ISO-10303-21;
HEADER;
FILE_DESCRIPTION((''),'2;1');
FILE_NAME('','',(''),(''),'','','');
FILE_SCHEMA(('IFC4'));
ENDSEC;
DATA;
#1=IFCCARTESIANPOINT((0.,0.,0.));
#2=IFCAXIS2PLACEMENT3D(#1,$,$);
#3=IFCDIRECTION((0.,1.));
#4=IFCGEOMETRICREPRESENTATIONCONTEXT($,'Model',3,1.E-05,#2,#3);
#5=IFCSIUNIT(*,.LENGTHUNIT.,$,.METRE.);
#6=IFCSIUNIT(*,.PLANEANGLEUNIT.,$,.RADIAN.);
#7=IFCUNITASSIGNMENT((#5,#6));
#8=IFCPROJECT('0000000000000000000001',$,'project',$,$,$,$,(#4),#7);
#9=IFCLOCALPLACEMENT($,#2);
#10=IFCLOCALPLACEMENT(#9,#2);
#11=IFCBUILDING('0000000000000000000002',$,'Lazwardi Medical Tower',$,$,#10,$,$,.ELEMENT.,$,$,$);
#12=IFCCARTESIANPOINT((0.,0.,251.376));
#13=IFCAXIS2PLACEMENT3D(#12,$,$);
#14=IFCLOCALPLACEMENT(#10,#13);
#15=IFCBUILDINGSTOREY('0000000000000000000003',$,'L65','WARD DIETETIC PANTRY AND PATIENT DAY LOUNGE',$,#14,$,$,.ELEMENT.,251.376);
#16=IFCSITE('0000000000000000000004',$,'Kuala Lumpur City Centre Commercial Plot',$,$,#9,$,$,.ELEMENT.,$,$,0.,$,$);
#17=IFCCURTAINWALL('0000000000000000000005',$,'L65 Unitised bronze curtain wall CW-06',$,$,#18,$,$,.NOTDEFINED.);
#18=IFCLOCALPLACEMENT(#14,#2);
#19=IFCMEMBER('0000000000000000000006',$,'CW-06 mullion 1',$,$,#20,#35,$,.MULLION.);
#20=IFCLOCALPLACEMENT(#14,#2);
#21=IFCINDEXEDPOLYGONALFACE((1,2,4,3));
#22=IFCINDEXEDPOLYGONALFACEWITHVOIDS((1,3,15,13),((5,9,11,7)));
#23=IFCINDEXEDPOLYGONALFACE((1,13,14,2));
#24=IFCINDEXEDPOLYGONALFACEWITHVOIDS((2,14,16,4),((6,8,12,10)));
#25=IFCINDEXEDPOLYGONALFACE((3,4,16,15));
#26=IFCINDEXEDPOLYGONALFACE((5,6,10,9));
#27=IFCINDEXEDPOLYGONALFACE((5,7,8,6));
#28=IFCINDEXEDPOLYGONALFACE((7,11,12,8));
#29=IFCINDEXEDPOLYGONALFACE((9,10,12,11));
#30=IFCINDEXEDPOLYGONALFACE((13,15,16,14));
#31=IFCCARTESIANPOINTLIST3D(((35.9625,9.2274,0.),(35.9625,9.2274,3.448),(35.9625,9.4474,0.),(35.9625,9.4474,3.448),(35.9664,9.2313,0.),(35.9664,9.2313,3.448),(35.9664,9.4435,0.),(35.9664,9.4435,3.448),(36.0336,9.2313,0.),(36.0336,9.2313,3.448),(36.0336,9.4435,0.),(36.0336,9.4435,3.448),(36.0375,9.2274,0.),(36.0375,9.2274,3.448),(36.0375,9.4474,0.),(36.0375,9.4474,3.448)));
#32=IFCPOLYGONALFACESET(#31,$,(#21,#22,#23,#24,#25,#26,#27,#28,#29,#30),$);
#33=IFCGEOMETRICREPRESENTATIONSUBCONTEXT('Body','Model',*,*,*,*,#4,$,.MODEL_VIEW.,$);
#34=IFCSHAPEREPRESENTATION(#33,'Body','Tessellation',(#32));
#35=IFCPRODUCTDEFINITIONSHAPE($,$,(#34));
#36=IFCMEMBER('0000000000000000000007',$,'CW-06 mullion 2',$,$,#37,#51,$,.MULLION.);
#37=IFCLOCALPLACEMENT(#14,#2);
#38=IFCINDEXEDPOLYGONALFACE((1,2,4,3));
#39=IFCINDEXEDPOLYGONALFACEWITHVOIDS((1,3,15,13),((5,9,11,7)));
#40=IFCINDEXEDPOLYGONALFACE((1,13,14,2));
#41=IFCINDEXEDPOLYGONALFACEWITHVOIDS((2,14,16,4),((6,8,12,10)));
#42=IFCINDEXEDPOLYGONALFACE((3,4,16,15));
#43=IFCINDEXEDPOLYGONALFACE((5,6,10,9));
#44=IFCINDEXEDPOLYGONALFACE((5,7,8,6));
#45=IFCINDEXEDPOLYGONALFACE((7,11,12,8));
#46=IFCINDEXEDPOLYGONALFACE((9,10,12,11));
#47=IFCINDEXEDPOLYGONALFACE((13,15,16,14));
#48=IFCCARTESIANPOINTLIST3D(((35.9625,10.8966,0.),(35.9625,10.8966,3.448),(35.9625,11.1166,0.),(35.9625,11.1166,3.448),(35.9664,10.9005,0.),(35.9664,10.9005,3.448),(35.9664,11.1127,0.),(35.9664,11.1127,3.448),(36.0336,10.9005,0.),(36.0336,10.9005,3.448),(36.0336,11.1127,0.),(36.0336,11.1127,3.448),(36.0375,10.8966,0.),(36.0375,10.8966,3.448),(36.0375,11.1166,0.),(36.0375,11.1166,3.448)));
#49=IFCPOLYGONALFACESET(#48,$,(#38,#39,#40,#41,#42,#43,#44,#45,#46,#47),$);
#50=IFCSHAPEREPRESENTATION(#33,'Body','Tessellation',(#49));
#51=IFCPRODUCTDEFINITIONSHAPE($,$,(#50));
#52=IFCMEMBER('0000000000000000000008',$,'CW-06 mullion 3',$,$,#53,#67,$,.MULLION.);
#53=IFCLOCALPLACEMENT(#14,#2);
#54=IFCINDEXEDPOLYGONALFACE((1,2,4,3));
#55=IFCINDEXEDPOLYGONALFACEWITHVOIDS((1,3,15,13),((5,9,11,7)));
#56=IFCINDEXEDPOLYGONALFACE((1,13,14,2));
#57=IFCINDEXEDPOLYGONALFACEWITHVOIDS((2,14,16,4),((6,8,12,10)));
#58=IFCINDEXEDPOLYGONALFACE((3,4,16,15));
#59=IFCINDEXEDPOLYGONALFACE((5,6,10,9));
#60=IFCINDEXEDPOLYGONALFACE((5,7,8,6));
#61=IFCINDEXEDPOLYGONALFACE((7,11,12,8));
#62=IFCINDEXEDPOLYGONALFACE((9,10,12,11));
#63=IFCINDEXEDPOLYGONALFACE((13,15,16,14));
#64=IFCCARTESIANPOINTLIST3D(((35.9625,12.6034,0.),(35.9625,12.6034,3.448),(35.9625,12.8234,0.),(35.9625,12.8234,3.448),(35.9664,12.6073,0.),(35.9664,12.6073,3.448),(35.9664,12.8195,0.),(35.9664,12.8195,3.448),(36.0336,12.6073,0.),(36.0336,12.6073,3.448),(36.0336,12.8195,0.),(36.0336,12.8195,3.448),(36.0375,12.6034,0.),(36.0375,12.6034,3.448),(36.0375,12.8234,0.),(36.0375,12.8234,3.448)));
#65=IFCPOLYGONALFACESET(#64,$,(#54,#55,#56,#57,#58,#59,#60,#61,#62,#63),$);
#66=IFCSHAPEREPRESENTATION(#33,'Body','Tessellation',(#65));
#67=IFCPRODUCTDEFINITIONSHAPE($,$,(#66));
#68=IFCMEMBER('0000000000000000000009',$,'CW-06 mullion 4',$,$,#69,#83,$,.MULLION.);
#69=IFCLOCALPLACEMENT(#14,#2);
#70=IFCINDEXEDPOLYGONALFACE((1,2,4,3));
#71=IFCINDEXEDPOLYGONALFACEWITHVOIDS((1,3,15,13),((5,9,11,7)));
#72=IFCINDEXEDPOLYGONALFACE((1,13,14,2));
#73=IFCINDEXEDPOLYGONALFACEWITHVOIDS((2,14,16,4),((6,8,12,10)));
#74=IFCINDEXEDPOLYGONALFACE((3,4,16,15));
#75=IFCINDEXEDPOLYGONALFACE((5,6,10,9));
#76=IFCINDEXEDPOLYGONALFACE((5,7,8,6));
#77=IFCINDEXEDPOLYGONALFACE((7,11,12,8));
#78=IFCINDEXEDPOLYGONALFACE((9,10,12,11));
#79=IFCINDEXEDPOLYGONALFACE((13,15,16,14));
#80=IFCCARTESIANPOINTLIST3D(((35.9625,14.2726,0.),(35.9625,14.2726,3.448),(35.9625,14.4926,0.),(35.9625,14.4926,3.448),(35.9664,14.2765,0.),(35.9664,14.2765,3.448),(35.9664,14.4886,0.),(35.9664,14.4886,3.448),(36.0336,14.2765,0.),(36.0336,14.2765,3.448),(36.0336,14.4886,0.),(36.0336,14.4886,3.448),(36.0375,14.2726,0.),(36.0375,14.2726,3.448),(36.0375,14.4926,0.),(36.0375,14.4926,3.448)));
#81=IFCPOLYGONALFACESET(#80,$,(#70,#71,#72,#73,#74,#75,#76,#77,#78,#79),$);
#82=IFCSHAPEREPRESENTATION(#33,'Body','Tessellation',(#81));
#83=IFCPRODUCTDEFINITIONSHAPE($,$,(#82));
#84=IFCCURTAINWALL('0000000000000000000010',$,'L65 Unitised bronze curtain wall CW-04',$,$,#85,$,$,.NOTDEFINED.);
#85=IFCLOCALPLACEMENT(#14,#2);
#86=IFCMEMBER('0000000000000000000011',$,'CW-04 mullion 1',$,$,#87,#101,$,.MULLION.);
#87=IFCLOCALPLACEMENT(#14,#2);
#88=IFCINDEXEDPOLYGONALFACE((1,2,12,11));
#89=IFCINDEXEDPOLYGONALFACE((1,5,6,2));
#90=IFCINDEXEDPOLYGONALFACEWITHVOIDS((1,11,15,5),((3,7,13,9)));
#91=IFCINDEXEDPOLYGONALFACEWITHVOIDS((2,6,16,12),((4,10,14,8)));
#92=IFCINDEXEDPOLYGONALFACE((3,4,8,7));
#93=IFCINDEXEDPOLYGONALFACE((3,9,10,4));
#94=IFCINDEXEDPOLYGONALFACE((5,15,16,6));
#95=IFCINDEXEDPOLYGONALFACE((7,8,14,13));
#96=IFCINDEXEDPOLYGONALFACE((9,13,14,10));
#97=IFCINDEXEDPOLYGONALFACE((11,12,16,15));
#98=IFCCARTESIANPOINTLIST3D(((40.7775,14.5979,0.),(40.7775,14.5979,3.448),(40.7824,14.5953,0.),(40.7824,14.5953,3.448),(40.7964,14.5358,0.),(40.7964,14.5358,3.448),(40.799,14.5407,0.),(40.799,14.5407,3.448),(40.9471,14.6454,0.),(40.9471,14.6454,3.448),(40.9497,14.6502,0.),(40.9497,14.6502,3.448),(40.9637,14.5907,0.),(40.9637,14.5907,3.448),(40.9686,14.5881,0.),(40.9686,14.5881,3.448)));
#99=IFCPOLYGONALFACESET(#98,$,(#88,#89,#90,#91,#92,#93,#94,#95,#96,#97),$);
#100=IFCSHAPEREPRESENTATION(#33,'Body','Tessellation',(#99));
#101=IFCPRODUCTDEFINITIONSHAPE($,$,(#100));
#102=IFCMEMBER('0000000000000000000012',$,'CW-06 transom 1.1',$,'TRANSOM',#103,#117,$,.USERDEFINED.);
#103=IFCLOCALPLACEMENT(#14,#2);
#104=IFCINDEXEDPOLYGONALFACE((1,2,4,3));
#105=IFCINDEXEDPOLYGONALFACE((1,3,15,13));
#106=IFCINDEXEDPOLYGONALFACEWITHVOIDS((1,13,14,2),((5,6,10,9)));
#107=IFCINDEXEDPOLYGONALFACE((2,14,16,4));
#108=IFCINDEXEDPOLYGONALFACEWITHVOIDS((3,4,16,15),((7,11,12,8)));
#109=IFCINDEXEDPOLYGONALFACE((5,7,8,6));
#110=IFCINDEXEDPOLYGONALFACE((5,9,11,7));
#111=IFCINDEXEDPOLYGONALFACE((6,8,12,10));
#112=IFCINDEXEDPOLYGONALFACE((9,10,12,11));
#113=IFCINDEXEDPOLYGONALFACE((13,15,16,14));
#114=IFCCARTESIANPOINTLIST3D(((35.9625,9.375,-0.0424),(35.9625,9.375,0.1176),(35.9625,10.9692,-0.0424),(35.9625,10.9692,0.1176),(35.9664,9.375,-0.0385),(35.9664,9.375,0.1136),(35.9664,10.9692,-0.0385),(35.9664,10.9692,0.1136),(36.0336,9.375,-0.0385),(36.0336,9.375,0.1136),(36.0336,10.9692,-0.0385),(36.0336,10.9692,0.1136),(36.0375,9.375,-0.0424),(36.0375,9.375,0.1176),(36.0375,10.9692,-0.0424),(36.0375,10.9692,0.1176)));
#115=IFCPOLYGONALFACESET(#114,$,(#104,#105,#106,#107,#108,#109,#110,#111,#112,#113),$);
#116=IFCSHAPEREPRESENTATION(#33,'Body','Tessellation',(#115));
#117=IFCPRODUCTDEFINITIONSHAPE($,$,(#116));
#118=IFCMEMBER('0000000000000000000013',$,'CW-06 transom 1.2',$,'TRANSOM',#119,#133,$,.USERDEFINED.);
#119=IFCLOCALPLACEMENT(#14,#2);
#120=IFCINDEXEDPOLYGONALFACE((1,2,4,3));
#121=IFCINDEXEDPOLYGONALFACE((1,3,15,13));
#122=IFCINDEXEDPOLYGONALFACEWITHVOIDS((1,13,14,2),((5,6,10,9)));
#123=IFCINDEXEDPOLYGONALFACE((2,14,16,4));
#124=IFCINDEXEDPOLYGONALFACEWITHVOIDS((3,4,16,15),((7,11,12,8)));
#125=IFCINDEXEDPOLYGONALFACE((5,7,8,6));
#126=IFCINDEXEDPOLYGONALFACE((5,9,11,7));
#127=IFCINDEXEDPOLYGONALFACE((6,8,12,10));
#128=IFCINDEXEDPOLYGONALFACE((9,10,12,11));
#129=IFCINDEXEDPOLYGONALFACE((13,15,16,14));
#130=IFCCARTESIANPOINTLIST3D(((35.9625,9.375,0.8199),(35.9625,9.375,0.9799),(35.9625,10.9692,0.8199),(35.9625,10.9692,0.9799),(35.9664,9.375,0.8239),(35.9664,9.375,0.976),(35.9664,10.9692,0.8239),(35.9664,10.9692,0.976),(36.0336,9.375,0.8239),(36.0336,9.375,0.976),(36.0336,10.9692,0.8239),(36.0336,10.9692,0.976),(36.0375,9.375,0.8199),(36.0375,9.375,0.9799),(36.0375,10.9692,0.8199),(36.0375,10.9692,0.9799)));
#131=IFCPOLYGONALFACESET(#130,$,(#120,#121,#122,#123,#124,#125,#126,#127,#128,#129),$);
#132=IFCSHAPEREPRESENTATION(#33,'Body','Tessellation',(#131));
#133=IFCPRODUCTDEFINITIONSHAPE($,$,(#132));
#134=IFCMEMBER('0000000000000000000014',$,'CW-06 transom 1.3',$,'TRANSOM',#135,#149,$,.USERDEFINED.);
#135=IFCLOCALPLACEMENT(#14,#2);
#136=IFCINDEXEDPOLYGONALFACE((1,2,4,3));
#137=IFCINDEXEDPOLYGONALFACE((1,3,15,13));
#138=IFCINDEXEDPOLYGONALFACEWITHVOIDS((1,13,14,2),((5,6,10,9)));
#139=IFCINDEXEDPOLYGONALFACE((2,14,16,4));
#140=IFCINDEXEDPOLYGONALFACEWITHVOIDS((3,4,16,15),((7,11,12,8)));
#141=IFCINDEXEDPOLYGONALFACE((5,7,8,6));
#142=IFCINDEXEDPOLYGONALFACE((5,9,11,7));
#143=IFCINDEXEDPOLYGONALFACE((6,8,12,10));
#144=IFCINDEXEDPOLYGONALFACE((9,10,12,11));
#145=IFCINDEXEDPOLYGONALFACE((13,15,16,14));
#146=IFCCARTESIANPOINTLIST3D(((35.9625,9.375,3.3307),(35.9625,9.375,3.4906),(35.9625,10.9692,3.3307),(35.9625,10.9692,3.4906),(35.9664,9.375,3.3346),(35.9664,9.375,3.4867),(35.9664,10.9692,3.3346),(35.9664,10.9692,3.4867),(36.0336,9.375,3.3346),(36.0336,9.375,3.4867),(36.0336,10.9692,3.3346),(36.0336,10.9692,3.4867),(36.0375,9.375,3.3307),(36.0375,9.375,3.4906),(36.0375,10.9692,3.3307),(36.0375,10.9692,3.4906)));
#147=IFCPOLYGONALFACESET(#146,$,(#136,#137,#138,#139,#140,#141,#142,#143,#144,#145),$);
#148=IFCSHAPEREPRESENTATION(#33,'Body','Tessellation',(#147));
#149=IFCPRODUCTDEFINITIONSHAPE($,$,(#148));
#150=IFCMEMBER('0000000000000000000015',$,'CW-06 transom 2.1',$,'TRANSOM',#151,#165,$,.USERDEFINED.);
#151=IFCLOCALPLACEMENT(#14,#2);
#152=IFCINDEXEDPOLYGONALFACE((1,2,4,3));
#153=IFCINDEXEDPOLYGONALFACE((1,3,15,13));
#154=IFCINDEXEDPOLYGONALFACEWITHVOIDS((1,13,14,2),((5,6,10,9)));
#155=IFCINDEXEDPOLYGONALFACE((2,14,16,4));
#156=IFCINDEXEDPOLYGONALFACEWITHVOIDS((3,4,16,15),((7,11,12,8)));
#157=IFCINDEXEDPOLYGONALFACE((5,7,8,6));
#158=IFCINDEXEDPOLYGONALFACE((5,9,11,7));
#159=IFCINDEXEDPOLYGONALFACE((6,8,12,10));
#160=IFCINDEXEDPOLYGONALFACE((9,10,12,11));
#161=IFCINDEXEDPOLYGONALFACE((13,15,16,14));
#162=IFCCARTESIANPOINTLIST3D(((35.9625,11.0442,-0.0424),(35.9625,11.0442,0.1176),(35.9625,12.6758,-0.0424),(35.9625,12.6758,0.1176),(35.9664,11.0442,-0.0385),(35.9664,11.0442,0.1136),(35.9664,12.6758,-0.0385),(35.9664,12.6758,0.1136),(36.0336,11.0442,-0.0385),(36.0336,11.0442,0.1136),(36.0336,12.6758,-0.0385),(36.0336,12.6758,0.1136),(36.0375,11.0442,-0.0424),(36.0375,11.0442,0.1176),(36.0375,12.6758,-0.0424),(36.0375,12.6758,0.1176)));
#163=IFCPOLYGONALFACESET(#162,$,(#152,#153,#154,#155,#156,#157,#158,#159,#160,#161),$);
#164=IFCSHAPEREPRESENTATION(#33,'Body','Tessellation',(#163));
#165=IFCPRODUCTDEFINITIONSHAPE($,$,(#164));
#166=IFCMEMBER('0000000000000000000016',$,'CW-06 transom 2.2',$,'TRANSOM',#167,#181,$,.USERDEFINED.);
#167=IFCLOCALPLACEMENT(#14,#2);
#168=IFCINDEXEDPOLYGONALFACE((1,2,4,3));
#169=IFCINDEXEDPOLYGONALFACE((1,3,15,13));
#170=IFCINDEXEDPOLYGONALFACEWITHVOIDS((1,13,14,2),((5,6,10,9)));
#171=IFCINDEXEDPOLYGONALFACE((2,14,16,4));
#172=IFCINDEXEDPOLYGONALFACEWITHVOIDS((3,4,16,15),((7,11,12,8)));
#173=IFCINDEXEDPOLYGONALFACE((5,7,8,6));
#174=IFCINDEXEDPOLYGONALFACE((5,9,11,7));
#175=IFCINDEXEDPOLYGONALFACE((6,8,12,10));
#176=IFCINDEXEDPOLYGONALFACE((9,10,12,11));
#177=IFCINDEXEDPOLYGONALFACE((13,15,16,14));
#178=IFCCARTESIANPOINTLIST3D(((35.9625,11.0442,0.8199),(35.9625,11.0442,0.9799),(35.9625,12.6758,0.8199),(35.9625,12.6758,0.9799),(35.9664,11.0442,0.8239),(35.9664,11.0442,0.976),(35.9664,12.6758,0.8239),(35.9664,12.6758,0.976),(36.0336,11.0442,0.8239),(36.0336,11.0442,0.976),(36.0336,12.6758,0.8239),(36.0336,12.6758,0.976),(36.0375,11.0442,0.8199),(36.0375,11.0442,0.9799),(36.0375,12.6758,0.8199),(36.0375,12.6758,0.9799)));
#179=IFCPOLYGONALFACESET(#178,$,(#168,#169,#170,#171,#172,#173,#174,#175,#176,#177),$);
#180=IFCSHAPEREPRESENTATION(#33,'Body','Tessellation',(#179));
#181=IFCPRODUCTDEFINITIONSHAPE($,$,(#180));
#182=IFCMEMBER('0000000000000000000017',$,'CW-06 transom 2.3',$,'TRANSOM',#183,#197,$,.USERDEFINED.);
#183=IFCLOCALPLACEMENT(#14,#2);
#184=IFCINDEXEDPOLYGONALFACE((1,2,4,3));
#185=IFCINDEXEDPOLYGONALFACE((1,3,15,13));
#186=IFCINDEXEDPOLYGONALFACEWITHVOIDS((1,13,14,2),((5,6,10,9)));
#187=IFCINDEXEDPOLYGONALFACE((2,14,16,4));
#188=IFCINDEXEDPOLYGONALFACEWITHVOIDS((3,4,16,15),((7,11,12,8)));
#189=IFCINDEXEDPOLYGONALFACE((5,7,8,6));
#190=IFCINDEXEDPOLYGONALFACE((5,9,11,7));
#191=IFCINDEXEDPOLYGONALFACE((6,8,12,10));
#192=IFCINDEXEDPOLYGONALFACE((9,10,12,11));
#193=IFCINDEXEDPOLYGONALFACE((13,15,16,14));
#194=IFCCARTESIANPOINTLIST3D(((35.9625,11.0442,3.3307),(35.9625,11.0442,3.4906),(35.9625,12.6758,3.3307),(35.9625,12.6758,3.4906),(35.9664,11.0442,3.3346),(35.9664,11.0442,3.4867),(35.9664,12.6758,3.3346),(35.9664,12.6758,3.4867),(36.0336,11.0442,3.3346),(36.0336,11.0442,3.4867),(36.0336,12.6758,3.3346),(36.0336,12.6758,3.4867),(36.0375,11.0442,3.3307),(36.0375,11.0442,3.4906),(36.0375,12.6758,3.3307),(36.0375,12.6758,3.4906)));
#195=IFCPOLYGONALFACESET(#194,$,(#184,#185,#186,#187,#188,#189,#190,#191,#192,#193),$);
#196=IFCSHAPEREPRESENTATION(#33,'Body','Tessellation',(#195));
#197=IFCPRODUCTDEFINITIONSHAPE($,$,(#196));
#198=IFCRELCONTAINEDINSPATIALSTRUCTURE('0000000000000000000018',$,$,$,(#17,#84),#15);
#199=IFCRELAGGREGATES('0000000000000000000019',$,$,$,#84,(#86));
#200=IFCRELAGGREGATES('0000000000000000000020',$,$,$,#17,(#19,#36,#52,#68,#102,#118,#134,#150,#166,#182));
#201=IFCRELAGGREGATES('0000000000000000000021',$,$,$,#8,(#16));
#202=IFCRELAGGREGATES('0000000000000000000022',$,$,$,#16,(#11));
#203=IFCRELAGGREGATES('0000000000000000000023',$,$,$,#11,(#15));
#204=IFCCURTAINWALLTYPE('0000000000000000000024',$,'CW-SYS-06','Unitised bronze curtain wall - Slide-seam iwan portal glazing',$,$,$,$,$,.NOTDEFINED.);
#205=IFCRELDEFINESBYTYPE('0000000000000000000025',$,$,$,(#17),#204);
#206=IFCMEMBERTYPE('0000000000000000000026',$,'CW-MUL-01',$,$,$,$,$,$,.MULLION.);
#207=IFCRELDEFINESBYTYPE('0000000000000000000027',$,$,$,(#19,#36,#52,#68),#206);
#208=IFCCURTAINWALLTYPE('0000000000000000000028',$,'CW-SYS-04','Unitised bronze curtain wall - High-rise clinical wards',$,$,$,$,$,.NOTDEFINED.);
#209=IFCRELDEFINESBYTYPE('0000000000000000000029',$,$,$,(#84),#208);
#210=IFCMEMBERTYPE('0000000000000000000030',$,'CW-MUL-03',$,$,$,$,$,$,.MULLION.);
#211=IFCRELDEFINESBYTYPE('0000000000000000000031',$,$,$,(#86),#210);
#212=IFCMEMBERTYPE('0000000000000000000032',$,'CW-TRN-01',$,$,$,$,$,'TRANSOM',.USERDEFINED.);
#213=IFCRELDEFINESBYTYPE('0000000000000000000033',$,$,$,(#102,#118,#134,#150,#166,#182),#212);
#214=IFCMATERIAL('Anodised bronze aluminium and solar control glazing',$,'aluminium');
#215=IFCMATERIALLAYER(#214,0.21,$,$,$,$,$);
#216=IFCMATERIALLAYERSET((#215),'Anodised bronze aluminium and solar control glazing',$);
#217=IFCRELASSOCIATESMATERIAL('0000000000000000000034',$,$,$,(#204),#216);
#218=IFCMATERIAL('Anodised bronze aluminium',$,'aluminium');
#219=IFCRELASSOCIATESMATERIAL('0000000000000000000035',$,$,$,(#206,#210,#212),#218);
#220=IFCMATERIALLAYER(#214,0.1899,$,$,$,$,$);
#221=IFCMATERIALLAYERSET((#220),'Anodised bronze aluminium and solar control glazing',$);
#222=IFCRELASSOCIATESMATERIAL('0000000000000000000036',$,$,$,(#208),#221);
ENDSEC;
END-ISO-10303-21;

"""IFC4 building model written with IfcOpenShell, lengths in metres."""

from ifc_helpers import new_model, si_unit, direction, frame, origin, origin_2d, place, context, subcontext, project, spatial, hollow_rectangle, extrude, material, layer, layer_set, material_profile, profile_set, type_object, element, aggregate, save


model = new_model("IFC4")

# Units and contexts
model_context = context("Model", 3, precision=1e-05, world=origin(), true_north=direction((0.0, 1.0)))
body_context = subcontext(model_context, "Body", "Model", "MODEL_VIEW")
ifc_project = project(units=[si_unit("LENGTHUNIT", "METRE"), si_unit("PLANEANGLEUNIT", "RADIAN")], contexts=[model_context])

# Site, building, storey
site_placement = place(None, origin())
site = spatial("IfcSite", under=ifc_project, at=site_placement, Name="Kuala Lumpur City Centre Commercial Plot", CompositionType="ELEMENT", RefElevation=0.0)
building_placement = place(site_placement, origin())
building = spatial("IfcBuilding", under=site, at=building_placement, Name="Lazwardi Medical Tower", CompositionType="ELEMENT")
storey_placement = place(building_placement, frame((0.0, 0.0, 251.376)))
storey = spatial("IfcBuildingStorey", under=building, at=storey_placement, Name="L65", Description="WARD DIETETIC PANTRY AND PATIENT DAY LOUNGE", CompositionType="ELEMENT", Elevation=251.376)

# Curtain wall, members
ifc_material_1 = material(Name="Anodised bronze aluminium and solar control glazing", Category="aluminium")
ifc_layer_1 = layer(ifc_material_1, 0.21)
ifc_layer_set_1 = layer_set([ifc_layer_1], Name="Anodised bronze aluminium and solar control glazing")
curtain_wall_type_1 = type_object("IfcCurtainWallType", Name="CW-SYS-06", Description="Unitised bronze curtain wall - Slide-seam iwan portal glazing", PredefinedType="NOTDEFINED", material=ifc_layer_set_1)
curtain_wall_1_placement = place(storey_placement, origin())
curtain_wall_1 = element("IfcCurtainWall", 1, at=curtain_wall_1_placement, inside=storey, type_object=curtain_wall_type_1, Name="L65 Unitised bronze curtain wall CW-06", PredefinedType="NOTDEFINED")
ifc_material_2 = material(Name="Anodised bronze aluminium", Category="aluminium")
ifc_material_profile_1 = material_profile(ifc_material_2, hollow_rectangle(XDim=0.075, YDim=0.22, WallThickness=0.0039, at=origin_2d()), Name="ALU-MULLION 220x75x4")
ifc_profile_set_1 = profile_set([ifc_material_profile_1], Name="Anodised bronze aluminium")
member_type_1 = type_object("IfcMemberType", Name="CW-MUL-01", PredefinedType="MULLION", material=ifc_profile_set_1)
member_1_placement = place(storey_placement, frame((36.0, 9.3374, 0.0), z_axis=(0.0, 0.0, 1.0), x_axis=(-1.0, 0.0, 0.0)))
member_1 = element("IfcMember", 2, at=member_1_placement, type_object=member_type_1, Name="CW-06 mullion 1", PredefinedType="MULLION", context=body_context, shape_type="SweptSolid", body=[
    extrude(hollow_rectangle(XDim=0.075, YDim=0.22, WallThickness=0.0039, at=origin_2d()), origin(), (0.0, 0.0, 1.0), 3.448),
])
member_2_placement = place(storey_placement, frame((36.0, 11.0066, 0.0), z_axis=(0.0, 0.0, 1.0), x_axis=(-1.0, 0.0, 0.0)))
member_2 = element("IfcMember", 3, at=member_2_placement, type_object=member_type_1, Name="CW-06 mullion 2", PredefinedType="MULLION", context=body_context, shape_type="SweptSolid", body=[
    extrude(hollow_rectangle(XDim=0.075, YDim=0.22, WallThickness=0.0039, at=origin_2d()), origin(), (0.0, 0.0, 1.0), 3.448),
])
member_3_placement = place(storey_placement, frame((36.0, 12.7134, 0.0), z_axis=(0.0, 0.0, 1.0), x_axis=(-1.0, 0.0, 0.0)))
member_3 = element("IfcMember", 4, at=member_3_placement, type_object=member_type_1, Name="CW-06 mullion 3", PredefinedType="MULLION", context=body_context, shape_type="SweptSolid", body=[
    extrude(hollow_rectangle(XDim=0.075, YDim=0.22, WallThickness=0.0039, at=origin_2d()), origin(), (0.0, 0.0, 1.0), 3.448),
])
member_4_placement = place(storey_placement, frame((36.0, 14.3826, 0.0), z_axis=(0.0, 0.0, 1.0), x_axis=(-1.0, 0.0, 0.0)))
member_4 = element("IfcMember", 5, at=member_4_placement, type_object=member_type_1, Name="CW-06 mullion 4", PredefinedType="MULLION", context=body_context, shape_type="SweptSolid", body=[
    extrude(hollow_rectangle(XDim=0.075, YDim=0.22, WallThickness=0.0039, at=origin_2d()), origin(), (0.0, 0.0, 1.0), 3.448),
])

# Curtain wall, member
ifc_layer_2 = layer(ifc_material_1, 0.1899)
ifc_layer_set_2 = layer_set([ifc_layer_2], Name="Anodised bronze aluminium and solar control glazing")
curtain_wall_type_2 = type_object("IfcCurtainWallType", Name="CW-SYS-04", Description="Unitised bronze curtain wall - High-rise clinical wards", PredefinedType="NOTDEFINED", material=ifc_layer_set_2)
curtain_wall_2_placement = place(storey_placement, origin())
curtain_wall_2 = element("IfcCurtainWall", 6, at=curtain_wall_2_placement, inside=storey, type_object=curtain_wall_type_2, Name="L65 Unitised bronze curtain wall CW-04", PredefinedType="NOTDEFINED")
ifc_material_profile_2 = material_profile(ifc_material_2, hollow_rectangle(XDim=0.0649, YDim=0.1799, WallThickness=0.0039, at=origin_2d()), Name="ALU-MULLION 180x65x4")
ifc_profile_set_2 = profile_set([ifc_material_profile_2], Name="Anodised bronze aluminium")
member_type_2 = type_object("IfcMemberType", Name="CW-MUL-03", PredefinedType="MULLION", material=ifc_profile_set_2)
member_5_placement = place(storey_placement, frame((40.873, 14.593, 0.0), z_axis=(0.0, 0.0, 1.0), x_axis=(-0.290582, 0.95685, 0.0)))
member_5 = element("IfcMember", 7, at=member_5_placement, type_object=member_type_2, Name="CW-04 mullion 1", PredefinedType="MULLION", context=body_context, shape_type="SweptSolid", body=[
    extrude(hollow_rectangle(XDim=0.0649, YDim=0.1799, WallThickness=0.0039, at=origin_2d()), origin(), (0.0, 0.0, 1.0), 3.448),
])
aggregate(curtain_wall_2, [member_5])

# Members
ifc_material_profile_3 = material_profile(ifc_material_2, hollow_rectangle(XDim=0.075, YDim=0.1599, WallThickness=0.0039, at=origin_2d()), Name="ALU-TRANSOM 160x75x4")
ifc_profile_set_3 = profile_set([ifc_material_profile_3], Name="Anodised bronze aluminium")
member_type_3 = type_object("IfcMemberType", Name="CW-TRN-01", ElementType="TRANSOM", PredefinedType="USERDEFINED", material=ifc_profile_set_3)
member_6_placement = place(storey_placement, frame((36.0, 9.375, 0.0376), z_axis=(0.0, 1.0, 0.0), x_axis=(-1.0, 0.0, 0.0)))
member_6 = element("IfcMember", 8, at=member_6_placement, type_object=member_type_3, Name="CW-06 transom 1.1", ObjectType="TRANSOM", PredefinedType="USERDEFINED", context=body_context, shape_type="SweptSolid", body=[
    extrude(hollow_rectangle(XDim=0.075, YDim=0.1599, WallThickness=0.0039, at=origin_2d()), origin(), (0.0, 0.0, 1.0), 1.5942),
])
member_7_placement = place(storey_placement, frame((36.0, 9.375, 0.8999), z_axis=(0.0, 1.0, 0.0), x_axis=(-1.0, 0.0, 0.0)))
member_7 = element("IfcMember", 9, at=member_7_placement, type_object=member_type_3, Name="CW-06 transom 1.2", ObjectType="TRANSOM", PredefinedType="USERDEFINED", context=body_context, shape_type="SweptSolid", body=[
    extrude(hollow_rectangle(XDim=0.075, YDim=0.1599, WallThickness=0.0039, at=origin_2d()), origin(), (0.0, 0.0, 1.0), 1.5942),
])
member_8_placement = place(storey_placement, frame((36.0, 9.375, 3.4106), z_axis=(0.0, 1.0, 0.0), x_axis=(-1.0, 0.0, 0.0)))
member_8 = element("IfcMember", 10, at=member_8_placement, type_object=member_type_3, Name="CW-06 transom 1.3", ObjectType="TRANSOM", PredefinedType="USERDEFINED", context=body_context, shape_type="SweptSolid", body=[
    extrude(hollow_rectangle(XDim=0.075, YDim=0.1599, WallThickness=0.0039, at=origin_2d()), origin(), (0.0, 0.0, 1.0), 1.5942),
])
member_9_placement = place(storey_placement, frame((36.0, 11.0442, 0.0376), z_axis=(0.0, 1.0, 0.0), x_axis=(-1.0, 0.0, 0.0)))
member_9 = element("IfcMember", 11, at=member_9_placement, type_object=member_type_3, Name="CW-06 transom 2.1", ObjectType="TRANSOM", PredefinedType="USERDEFINED", context=body_context, shape_type="SweptSolid", body=[
    extrude(hollow_rectangle(XDim=0.075, YDim=0.1599, WallThickness=0.0039, at=origin_2d()), origin(), (0.0, 0.0, 1.0), 1.6316),
])
member_10_placement = place(storey_placement, frame((36.0, 11.0442, 0.8999), z_axis=(0.0, 1.0, 0.0), x_axis=(-1.0, 0.0, 0.0)))
member_10 = element("IfcMember", 12, at=member_10_placement, type_object=member_type_3, Name="CW-06 transom 2.2", ObjectType="TRANSOM", PredefinedType="USERDEFINED", context=body_context, shape_type="SweptSolid", body=[
    extrude(hollow_rectangle(XDim=0.075, YDim=0.1599, WallThickness=0.0039, at=origin_2d()), origin(), (0.0, 0.0, 1.0), 1.6316),
])
member_11_placement = place(storey_placement, frame((36.0, 11.0442, 3.4106), z_axis=(0.0, 1.0, 0.0), x_axis=(-1.0, 0.0, 0.0)))
member_11 = element("IfcMember", 13, at=member_11_placement, type_object=member_type_3, Name="CW-06 transom 2.3", ObjectType="TRANSOM", PredefinedType="USERDEFINED", context=body_context, shape_type="SweptSolid", body=[
    extrude(hollow_rectangle(XDim=0.075, YDim=0.1599, WallThickness=0.0039, at=origin_2d()), origin(), (0.0, 0.0, 1.0), 1.6316),
])

aggregate(curtain_wall_1, [member_1, member_2, member_3, member_4, member_6, member_7, member_8, member_9, member_10, member_11])

save(model, "model.ifc")
